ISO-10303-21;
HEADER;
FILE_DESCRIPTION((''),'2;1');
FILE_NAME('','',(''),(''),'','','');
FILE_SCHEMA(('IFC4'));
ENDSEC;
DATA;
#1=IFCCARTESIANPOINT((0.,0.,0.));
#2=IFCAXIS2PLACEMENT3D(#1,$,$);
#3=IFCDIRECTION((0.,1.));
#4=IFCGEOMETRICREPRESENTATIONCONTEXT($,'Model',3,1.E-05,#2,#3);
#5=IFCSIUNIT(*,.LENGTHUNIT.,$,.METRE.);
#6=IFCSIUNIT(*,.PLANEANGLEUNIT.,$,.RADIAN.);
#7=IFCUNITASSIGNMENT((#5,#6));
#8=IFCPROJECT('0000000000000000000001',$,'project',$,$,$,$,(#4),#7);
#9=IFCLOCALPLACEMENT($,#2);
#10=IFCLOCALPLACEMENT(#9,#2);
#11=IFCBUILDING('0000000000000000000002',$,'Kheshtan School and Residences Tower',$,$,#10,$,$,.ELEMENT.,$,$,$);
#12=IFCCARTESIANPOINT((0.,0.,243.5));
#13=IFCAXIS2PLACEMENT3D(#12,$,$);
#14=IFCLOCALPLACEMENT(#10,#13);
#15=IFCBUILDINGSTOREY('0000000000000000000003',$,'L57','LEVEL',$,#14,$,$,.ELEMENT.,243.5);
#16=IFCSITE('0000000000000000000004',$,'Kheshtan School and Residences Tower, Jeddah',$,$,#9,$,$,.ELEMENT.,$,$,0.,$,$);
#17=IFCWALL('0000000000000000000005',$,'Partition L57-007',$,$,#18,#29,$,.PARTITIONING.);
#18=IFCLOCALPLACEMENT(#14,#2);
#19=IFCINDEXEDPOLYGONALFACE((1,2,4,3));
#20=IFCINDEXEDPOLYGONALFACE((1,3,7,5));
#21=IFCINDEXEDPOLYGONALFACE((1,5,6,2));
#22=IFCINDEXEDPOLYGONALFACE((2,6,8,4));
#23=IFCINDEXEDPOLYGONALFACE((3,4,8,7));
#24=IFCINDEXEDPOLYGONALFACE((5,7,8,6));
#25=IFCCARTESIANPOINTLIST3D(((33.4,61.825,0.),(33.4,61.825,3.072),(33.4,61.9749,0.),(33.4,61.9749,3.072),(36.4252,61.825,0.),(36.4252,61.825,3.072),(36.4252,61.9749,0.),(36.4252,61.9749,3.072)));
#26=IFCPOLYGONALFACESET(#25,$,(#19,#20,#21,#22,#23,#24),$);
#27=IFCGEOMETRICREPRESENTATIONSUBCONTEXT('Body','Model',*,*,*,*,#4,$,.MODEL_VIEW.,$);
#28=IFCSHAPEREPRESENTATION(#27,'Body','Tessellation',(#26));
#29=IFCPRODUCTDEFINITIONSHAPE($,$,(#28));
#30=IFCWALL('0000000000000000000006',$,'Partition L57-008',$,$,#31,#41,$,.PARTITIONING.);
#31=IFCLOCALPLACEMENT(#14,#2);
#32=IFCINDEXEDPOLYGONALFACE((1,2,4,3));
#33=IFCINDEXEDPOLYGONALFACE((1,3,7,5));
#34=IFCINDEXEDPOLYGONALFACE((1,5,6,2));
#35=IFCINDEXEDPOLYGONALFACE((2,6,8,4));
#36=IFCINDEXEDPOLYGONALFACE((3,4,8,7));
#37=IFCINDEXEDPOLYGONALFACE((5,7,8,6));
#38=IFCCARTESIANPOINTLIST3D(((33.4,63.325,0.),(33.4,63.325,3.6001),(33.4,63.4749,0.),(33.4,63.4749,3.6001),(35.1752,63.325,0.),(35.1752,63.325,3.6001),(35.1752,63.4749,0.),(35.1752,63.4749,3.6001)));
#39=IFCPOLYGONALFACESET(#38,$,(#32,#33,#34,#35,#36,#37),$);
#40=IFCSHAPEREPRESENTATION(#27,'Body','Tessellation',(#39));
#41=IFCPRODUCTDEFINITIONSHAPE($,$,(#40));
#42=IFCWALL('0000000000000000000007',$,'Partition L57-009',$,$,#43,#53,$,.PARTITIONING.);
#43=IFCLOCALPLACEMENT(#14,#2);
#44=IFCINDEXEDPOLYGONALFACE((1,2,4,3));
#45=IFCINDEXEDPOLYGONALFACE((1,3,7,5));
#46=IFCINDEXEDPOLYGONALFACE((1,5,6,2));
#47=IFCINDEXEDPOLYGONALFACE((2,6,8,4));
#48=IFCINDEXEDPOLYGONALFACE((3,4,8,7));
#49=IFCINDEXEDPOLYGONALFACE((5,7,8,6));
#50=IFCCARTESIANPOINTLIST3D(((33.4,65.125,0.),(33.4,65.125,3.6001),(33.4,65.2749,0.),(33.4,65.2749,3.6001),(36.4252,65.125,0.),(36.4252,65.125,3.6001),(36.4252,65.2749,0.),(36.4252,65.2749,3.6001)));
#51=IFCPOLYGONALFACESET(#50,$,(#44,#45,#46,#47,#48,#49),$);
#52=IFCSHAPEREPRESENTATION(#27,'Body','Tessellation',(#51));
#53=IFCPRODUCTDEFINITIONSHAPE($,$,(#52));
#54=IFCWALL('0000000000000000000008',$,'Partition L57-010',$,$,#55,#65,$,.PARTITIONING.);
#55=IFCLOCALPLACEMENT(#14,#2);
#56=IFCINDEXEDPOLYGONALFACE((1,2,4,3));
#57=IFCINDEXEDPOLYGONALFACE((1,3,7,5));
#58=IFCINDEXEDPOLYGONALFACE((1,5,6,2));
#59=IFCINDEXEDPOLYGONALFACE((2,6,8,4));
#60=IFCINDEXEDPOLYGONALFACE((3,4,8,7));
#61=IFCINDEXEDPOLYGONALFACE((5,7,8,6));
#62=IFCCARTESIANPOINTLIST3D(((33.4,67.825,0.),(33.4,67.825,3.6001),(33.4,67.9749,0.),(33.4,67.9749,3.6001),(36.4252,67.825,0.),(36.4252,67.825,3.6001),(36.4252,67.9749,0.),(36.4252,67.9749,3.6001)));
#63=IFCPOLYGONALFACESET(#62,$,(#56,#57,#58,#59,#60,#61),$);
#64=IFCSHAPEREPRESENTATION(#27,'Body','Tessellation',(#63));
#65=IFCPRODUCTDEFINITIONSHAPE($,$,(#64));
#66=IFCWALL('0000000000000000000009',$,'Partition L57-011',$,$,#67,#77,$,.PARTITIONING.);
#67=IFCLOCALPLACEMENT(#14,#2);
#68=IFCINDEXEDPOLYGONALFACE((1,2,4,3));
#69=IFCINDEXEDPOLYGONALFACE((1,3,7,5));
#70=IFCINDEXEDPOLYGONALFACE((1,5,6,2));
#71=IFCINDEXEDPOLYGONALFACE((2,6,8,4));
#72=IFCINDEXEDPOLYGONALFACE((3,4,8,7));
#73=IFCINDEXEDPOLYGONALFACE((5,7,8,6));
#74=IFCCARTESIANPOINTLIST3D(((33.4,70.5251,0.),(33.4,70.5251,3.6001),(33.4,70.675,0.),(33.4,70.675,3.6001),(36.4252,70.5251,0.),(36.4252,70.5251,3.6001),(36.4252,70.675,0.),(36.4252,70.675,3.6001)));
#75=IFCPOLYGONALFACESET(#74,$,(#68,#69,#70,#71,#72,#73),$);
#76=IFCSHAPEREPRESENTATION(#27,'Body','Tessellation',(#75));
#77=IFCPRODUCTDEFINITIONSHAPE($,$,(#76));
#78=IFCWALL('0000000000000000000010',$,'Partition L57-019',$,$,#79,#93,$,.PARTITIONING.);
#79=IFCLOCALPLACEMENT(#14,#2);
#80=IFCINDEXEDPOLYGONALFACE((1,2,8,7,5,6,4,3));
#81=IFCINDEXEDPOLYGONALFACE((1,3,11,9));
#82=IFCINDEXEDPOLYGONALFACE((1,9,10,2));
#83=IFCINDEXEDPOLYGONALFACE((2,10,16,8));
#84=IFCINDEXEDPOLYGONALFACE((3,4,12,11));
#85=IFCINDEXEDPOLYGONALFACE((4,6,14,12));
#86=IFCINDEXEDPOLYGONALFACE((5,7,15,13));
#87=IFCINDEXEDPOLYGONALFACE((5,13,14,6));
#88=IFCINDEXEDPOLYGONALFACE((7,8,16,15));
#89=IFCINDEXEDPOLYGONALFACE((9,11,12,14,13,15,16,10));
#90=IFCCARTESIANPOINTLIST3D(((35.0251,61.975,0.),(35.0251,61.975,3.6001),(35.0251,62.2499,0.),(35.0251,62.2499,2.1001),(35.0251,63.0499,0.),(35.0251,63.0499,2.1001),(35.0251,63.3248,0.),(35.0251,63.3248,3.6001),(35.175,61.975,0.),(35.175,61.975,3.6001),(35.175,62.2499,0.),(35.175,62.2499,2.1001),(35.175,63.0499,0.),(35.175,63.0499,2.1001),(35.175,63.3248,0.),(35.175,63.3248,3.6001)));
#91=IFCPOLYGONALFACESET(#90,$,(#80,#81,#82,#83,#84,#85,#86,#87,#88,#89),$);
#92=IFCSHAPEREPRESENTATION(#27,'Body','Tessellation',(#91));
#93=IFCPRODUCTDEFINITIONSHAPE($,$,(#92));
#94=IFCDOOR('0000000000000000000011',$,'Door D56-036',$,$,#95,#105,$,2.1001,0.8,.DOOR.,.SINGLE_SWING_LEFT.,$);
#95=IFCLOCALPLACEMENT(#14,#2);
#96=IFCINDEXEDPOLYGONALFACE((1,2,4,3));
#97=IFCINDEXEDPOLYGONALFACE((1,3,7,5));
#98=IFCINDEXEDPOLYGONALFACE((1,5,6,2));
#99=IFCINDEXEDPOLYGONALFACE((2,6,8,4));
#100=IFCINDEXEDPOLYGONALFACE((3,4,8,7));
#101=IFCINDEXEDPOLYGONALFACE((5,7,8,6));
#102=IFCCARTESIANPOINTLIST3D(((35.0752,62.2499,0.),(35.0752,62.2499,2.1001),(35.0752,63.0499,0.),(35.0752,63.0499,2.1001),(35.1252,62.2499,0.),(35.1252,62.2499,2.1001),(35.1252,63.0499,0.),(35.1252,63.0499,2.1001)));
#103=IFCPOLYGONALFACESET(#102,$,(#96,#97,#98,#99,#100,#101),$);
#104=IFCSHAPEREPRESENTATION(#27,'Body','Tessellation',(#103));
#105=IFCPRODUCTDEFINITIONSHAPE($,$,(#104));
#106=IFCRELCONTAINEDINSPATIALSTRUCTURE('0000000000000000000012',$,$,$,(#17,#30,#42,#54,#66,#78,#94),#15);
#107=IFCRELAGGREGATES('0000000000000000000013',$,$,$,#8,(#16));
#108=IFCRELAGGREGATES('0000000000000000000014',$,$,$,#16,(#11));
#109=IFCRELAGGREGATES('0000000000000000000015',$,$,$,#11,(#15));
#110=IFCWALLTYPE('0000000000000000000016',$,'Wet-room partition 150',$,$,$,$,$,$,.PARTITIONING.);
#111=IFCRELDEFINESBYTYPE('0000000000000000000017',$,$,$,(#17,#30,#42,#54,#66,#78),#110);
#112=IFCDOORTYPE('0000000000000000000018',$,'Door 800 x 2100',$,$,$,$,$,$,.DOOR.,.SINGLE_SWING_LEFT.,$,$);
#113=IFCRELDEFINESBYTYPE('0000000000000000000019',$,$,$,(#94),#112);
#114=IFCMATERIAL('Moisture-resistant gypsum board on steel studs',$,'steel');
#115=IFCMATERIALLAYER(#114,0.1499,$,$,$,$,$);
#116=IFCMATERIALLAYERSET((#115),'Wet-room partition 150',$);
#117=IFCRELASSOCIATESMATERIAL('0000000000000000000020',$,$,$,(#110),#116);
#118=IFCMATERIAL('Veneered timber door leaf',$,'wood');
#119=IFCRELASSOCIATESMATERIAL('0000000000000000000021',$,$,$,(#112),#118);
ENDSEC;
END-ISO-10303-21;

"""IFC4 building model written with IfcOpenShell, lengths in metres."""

from ifc_helpers import new_model, si_unit, direction, frame, frame_2d, origin, place, context, subcontext, project, spatial, rectangle, extrude, source, transform, mapped, material, layer, layer_set, type_object, element, fill, save


model = new_model("IFC4")

# Units and contexts
model_context = context("Model", 3, precision=1e-05, world=origin(), true_north=direction((0.0, 1.0)))
body_context = subcontext(model_context, "Body", "Model", "MODEL_VIEW")
ifc_project = project(units=[si_unit("LENGTHUNIT", "METRE"), si_unit("PLANEANGLEUNIT", "RADIAN")], contexts=[model_context])

# Site, building, storey
site_placement = place(None, origin())
site = spatial("IfcSite", under=ifc_project, at=site_placement, Name="Kheshtan School and Residences Tower, Jeddah", CompositionType="ELEMENT", RefElevation=0.0)
building_placement = place(site_placement, origin())
building = spatial("IfcBuilding", under=site, at=building_placement, Name="Kheshtan School and Residences Tower", CompositionType="ELEMENT")
storey_placement = place(building_placement, frame((0.0, 0.0, 243.5)))
storey = spatial("IfcBuildingStorey", under=building, at=storey_placement, Name="L57", Description="LEVEL", CompositionType="ELEMENT", Elevation=243.5)

# Walls
ifc_material_1 = material(Name="Moisture-resistant gypsum board on steel studs", Category="steel")
ifc_layer_1 = layer(ifc_material_1, 0.1499)
ifc_layer_set_1 = layer_set([ifc_layer_1], Name="Wet-room partition 150")
wall_type_1 = type_object("IfcWallType", Name="Wet-room partition 150", PredefinedType="PARTITIONING", material=ifc_layer_set_1)
wall_1_placement = place(storey_placement, frame((33.3999, 61.8999, 0.0), z_axis=(0.0, 0.0, 1.0), x_axis=(1.0, 0.0, 0.0)))
element("IfcWall", 1, at=wall_1_placement, inside=storey, type_object=wall_type_1, Name="Partition L57-007", PredefinedType="PARTITIONING", context=body_context, shape_type="SweptSolid", body=[
    extrude(rectangle(XDim=3.0251, YDim=0.1499, at=frame_2d((1.5127, 0.0))), origin(), (0.0, 0.0, 1.0), 3.072),
])
wall_2_placement = place(storey_placement, frame((33.3999, 63.3999, 0.0), z_axis=(0.0, 0.0, 1.0), x_axis=(1.0, 0.0, 0.0)))
element("IfcWall", 2, at=wall_2_placement, inside=storey, type_object=wall_type_1, Name="Partition L57-008", PredefinedType="PARTITIONING", context=body_context, shape_type="SweptSolid", body=[
    extrude(rectangle(XDim=1.7751, YDim=0.1499, at=frame_2d((0.8877, 0.0))), origin(), (0.0, 0.0, 1.0), 3.6001),
])
for number, where, z_axis, x_axis, name in (
    (3, (33.3999, 65.2, 0.0), (0.0, 0.0, 1.0), (1.0, 0.0, 0.0), "Partition L57-009"),
    (4, (33.3999, 67.8999, 0.0), (0.0, 0.0, 1.0), (1.0, 0.0, 0.0), "Partition L57-010"),
    (5, (33.3999, 70.6001, 0.0), (0.0, 0.0, 1.0), (1.0, 0.0, 0.0), "Partition L57-011"),
):
    element("IfcWall", number, at=place(storey_placement, frame(where, z_axis=z_axis, x_axis=x_axis)), inside=storey, type_object=wall_type_1, Name=name, PredefinedType="PARTITIONING", context=body_context, shape_type="SweptSolid", body=[
        extrude(rectangle(XDim=3.0251, YDim=0.1499, at=frame_2d((1.5127, 0.0))), origin(), (0.0, 0.0, 1.0), 3.6001),
    ])

# Wall, opening, door
wall_3_placement = place(storey_placement, frame((35.1001, 61.9751, 0.0), z_axis=(0.0, 0.0, 1.0), x_axis=(0.0, 1.0, 0.0)))
wall_3 = element("IfcWall", 6, at=wall_3_placement, inside=storey, type_object=wall_type_1, Name="Partition L57-019", PredefinedType="PARTITIONING", context=body_context, shape_type="SweptSolid", body=[
    extrude(rectangle(XDim=1.3499, YDim=0.1499, at=frame_2d((0.6748, 0.0))), origin(), (0.0, 0.0, 1.0), 3.6001),
])
opening_1_placement = place(wall_3_placement, frame((0.2749, 0.0, 0.0)))
opening_1 = element("IfcOpeningElement", 7, at=opening_1_placement, cuts=wall_3, PredefinedType="OPENING", context=body_context, shape_type="SweptSolid", body=[
    extrude(rectangle(XDim=0.8, YDim=2.1001, at=frame_2d((0.3999, 1.05))), frame((0.0, 0.085, 0.0), z_axis=(0.0, -1.0, 0.0), x_axis=(1.0, 0.0, 0.0)), (0.0, 0.0, 1.0), 0.1699),
])
ifc_material_2 = material(Name="Veneered timber door leaf", Category="wood")
door_type_1 = type_object("IfcDoorType", Name="Door 800 x 2100", OperationType="SINGLE_SWING_LEFT", PredefinedType="DOOR", material=ifc_material_2)
shared_shape_1 = source(origin(), body_context, "Body", "SweptSolid", [
    extrude(rectangle(XDim=0.8, YDim=2.1001, at=frame_2d((0.3999, 1.05))), frame((0.0, 0.0249, 0.0), z_axis=(0.0, -1.0, 0.0), x_axis=(1.0, 0.0, 0.0)), (0.0, 0.0, 1.0), 0.05),
])
door_1_placement = place(opening_1_placement, origin())
door_1 = element("IfcDoor", 8, at=door_1_placement, inside=storey, type_object=door_type_1, Name="Door D56-036", OperationType="SINGLE_SWING_LEFT", OverallHeight=2.1001, OverallWidth=0.8, PredefinedType="DOOR", context=body_context, shape_type="MappedRepresentation", body=[
    mapped(shared_shape_1, transform((0.0, 0.0, 0.0), x_axis=(1.0, 0.0, 0.0), y_axis=(0.0, 1.0, 0.0), z_axis=(0.0, 0.0, 1.0), scale=1.0)),
])
fill(opening_1, door_1)

save(model, "model.ifc")
